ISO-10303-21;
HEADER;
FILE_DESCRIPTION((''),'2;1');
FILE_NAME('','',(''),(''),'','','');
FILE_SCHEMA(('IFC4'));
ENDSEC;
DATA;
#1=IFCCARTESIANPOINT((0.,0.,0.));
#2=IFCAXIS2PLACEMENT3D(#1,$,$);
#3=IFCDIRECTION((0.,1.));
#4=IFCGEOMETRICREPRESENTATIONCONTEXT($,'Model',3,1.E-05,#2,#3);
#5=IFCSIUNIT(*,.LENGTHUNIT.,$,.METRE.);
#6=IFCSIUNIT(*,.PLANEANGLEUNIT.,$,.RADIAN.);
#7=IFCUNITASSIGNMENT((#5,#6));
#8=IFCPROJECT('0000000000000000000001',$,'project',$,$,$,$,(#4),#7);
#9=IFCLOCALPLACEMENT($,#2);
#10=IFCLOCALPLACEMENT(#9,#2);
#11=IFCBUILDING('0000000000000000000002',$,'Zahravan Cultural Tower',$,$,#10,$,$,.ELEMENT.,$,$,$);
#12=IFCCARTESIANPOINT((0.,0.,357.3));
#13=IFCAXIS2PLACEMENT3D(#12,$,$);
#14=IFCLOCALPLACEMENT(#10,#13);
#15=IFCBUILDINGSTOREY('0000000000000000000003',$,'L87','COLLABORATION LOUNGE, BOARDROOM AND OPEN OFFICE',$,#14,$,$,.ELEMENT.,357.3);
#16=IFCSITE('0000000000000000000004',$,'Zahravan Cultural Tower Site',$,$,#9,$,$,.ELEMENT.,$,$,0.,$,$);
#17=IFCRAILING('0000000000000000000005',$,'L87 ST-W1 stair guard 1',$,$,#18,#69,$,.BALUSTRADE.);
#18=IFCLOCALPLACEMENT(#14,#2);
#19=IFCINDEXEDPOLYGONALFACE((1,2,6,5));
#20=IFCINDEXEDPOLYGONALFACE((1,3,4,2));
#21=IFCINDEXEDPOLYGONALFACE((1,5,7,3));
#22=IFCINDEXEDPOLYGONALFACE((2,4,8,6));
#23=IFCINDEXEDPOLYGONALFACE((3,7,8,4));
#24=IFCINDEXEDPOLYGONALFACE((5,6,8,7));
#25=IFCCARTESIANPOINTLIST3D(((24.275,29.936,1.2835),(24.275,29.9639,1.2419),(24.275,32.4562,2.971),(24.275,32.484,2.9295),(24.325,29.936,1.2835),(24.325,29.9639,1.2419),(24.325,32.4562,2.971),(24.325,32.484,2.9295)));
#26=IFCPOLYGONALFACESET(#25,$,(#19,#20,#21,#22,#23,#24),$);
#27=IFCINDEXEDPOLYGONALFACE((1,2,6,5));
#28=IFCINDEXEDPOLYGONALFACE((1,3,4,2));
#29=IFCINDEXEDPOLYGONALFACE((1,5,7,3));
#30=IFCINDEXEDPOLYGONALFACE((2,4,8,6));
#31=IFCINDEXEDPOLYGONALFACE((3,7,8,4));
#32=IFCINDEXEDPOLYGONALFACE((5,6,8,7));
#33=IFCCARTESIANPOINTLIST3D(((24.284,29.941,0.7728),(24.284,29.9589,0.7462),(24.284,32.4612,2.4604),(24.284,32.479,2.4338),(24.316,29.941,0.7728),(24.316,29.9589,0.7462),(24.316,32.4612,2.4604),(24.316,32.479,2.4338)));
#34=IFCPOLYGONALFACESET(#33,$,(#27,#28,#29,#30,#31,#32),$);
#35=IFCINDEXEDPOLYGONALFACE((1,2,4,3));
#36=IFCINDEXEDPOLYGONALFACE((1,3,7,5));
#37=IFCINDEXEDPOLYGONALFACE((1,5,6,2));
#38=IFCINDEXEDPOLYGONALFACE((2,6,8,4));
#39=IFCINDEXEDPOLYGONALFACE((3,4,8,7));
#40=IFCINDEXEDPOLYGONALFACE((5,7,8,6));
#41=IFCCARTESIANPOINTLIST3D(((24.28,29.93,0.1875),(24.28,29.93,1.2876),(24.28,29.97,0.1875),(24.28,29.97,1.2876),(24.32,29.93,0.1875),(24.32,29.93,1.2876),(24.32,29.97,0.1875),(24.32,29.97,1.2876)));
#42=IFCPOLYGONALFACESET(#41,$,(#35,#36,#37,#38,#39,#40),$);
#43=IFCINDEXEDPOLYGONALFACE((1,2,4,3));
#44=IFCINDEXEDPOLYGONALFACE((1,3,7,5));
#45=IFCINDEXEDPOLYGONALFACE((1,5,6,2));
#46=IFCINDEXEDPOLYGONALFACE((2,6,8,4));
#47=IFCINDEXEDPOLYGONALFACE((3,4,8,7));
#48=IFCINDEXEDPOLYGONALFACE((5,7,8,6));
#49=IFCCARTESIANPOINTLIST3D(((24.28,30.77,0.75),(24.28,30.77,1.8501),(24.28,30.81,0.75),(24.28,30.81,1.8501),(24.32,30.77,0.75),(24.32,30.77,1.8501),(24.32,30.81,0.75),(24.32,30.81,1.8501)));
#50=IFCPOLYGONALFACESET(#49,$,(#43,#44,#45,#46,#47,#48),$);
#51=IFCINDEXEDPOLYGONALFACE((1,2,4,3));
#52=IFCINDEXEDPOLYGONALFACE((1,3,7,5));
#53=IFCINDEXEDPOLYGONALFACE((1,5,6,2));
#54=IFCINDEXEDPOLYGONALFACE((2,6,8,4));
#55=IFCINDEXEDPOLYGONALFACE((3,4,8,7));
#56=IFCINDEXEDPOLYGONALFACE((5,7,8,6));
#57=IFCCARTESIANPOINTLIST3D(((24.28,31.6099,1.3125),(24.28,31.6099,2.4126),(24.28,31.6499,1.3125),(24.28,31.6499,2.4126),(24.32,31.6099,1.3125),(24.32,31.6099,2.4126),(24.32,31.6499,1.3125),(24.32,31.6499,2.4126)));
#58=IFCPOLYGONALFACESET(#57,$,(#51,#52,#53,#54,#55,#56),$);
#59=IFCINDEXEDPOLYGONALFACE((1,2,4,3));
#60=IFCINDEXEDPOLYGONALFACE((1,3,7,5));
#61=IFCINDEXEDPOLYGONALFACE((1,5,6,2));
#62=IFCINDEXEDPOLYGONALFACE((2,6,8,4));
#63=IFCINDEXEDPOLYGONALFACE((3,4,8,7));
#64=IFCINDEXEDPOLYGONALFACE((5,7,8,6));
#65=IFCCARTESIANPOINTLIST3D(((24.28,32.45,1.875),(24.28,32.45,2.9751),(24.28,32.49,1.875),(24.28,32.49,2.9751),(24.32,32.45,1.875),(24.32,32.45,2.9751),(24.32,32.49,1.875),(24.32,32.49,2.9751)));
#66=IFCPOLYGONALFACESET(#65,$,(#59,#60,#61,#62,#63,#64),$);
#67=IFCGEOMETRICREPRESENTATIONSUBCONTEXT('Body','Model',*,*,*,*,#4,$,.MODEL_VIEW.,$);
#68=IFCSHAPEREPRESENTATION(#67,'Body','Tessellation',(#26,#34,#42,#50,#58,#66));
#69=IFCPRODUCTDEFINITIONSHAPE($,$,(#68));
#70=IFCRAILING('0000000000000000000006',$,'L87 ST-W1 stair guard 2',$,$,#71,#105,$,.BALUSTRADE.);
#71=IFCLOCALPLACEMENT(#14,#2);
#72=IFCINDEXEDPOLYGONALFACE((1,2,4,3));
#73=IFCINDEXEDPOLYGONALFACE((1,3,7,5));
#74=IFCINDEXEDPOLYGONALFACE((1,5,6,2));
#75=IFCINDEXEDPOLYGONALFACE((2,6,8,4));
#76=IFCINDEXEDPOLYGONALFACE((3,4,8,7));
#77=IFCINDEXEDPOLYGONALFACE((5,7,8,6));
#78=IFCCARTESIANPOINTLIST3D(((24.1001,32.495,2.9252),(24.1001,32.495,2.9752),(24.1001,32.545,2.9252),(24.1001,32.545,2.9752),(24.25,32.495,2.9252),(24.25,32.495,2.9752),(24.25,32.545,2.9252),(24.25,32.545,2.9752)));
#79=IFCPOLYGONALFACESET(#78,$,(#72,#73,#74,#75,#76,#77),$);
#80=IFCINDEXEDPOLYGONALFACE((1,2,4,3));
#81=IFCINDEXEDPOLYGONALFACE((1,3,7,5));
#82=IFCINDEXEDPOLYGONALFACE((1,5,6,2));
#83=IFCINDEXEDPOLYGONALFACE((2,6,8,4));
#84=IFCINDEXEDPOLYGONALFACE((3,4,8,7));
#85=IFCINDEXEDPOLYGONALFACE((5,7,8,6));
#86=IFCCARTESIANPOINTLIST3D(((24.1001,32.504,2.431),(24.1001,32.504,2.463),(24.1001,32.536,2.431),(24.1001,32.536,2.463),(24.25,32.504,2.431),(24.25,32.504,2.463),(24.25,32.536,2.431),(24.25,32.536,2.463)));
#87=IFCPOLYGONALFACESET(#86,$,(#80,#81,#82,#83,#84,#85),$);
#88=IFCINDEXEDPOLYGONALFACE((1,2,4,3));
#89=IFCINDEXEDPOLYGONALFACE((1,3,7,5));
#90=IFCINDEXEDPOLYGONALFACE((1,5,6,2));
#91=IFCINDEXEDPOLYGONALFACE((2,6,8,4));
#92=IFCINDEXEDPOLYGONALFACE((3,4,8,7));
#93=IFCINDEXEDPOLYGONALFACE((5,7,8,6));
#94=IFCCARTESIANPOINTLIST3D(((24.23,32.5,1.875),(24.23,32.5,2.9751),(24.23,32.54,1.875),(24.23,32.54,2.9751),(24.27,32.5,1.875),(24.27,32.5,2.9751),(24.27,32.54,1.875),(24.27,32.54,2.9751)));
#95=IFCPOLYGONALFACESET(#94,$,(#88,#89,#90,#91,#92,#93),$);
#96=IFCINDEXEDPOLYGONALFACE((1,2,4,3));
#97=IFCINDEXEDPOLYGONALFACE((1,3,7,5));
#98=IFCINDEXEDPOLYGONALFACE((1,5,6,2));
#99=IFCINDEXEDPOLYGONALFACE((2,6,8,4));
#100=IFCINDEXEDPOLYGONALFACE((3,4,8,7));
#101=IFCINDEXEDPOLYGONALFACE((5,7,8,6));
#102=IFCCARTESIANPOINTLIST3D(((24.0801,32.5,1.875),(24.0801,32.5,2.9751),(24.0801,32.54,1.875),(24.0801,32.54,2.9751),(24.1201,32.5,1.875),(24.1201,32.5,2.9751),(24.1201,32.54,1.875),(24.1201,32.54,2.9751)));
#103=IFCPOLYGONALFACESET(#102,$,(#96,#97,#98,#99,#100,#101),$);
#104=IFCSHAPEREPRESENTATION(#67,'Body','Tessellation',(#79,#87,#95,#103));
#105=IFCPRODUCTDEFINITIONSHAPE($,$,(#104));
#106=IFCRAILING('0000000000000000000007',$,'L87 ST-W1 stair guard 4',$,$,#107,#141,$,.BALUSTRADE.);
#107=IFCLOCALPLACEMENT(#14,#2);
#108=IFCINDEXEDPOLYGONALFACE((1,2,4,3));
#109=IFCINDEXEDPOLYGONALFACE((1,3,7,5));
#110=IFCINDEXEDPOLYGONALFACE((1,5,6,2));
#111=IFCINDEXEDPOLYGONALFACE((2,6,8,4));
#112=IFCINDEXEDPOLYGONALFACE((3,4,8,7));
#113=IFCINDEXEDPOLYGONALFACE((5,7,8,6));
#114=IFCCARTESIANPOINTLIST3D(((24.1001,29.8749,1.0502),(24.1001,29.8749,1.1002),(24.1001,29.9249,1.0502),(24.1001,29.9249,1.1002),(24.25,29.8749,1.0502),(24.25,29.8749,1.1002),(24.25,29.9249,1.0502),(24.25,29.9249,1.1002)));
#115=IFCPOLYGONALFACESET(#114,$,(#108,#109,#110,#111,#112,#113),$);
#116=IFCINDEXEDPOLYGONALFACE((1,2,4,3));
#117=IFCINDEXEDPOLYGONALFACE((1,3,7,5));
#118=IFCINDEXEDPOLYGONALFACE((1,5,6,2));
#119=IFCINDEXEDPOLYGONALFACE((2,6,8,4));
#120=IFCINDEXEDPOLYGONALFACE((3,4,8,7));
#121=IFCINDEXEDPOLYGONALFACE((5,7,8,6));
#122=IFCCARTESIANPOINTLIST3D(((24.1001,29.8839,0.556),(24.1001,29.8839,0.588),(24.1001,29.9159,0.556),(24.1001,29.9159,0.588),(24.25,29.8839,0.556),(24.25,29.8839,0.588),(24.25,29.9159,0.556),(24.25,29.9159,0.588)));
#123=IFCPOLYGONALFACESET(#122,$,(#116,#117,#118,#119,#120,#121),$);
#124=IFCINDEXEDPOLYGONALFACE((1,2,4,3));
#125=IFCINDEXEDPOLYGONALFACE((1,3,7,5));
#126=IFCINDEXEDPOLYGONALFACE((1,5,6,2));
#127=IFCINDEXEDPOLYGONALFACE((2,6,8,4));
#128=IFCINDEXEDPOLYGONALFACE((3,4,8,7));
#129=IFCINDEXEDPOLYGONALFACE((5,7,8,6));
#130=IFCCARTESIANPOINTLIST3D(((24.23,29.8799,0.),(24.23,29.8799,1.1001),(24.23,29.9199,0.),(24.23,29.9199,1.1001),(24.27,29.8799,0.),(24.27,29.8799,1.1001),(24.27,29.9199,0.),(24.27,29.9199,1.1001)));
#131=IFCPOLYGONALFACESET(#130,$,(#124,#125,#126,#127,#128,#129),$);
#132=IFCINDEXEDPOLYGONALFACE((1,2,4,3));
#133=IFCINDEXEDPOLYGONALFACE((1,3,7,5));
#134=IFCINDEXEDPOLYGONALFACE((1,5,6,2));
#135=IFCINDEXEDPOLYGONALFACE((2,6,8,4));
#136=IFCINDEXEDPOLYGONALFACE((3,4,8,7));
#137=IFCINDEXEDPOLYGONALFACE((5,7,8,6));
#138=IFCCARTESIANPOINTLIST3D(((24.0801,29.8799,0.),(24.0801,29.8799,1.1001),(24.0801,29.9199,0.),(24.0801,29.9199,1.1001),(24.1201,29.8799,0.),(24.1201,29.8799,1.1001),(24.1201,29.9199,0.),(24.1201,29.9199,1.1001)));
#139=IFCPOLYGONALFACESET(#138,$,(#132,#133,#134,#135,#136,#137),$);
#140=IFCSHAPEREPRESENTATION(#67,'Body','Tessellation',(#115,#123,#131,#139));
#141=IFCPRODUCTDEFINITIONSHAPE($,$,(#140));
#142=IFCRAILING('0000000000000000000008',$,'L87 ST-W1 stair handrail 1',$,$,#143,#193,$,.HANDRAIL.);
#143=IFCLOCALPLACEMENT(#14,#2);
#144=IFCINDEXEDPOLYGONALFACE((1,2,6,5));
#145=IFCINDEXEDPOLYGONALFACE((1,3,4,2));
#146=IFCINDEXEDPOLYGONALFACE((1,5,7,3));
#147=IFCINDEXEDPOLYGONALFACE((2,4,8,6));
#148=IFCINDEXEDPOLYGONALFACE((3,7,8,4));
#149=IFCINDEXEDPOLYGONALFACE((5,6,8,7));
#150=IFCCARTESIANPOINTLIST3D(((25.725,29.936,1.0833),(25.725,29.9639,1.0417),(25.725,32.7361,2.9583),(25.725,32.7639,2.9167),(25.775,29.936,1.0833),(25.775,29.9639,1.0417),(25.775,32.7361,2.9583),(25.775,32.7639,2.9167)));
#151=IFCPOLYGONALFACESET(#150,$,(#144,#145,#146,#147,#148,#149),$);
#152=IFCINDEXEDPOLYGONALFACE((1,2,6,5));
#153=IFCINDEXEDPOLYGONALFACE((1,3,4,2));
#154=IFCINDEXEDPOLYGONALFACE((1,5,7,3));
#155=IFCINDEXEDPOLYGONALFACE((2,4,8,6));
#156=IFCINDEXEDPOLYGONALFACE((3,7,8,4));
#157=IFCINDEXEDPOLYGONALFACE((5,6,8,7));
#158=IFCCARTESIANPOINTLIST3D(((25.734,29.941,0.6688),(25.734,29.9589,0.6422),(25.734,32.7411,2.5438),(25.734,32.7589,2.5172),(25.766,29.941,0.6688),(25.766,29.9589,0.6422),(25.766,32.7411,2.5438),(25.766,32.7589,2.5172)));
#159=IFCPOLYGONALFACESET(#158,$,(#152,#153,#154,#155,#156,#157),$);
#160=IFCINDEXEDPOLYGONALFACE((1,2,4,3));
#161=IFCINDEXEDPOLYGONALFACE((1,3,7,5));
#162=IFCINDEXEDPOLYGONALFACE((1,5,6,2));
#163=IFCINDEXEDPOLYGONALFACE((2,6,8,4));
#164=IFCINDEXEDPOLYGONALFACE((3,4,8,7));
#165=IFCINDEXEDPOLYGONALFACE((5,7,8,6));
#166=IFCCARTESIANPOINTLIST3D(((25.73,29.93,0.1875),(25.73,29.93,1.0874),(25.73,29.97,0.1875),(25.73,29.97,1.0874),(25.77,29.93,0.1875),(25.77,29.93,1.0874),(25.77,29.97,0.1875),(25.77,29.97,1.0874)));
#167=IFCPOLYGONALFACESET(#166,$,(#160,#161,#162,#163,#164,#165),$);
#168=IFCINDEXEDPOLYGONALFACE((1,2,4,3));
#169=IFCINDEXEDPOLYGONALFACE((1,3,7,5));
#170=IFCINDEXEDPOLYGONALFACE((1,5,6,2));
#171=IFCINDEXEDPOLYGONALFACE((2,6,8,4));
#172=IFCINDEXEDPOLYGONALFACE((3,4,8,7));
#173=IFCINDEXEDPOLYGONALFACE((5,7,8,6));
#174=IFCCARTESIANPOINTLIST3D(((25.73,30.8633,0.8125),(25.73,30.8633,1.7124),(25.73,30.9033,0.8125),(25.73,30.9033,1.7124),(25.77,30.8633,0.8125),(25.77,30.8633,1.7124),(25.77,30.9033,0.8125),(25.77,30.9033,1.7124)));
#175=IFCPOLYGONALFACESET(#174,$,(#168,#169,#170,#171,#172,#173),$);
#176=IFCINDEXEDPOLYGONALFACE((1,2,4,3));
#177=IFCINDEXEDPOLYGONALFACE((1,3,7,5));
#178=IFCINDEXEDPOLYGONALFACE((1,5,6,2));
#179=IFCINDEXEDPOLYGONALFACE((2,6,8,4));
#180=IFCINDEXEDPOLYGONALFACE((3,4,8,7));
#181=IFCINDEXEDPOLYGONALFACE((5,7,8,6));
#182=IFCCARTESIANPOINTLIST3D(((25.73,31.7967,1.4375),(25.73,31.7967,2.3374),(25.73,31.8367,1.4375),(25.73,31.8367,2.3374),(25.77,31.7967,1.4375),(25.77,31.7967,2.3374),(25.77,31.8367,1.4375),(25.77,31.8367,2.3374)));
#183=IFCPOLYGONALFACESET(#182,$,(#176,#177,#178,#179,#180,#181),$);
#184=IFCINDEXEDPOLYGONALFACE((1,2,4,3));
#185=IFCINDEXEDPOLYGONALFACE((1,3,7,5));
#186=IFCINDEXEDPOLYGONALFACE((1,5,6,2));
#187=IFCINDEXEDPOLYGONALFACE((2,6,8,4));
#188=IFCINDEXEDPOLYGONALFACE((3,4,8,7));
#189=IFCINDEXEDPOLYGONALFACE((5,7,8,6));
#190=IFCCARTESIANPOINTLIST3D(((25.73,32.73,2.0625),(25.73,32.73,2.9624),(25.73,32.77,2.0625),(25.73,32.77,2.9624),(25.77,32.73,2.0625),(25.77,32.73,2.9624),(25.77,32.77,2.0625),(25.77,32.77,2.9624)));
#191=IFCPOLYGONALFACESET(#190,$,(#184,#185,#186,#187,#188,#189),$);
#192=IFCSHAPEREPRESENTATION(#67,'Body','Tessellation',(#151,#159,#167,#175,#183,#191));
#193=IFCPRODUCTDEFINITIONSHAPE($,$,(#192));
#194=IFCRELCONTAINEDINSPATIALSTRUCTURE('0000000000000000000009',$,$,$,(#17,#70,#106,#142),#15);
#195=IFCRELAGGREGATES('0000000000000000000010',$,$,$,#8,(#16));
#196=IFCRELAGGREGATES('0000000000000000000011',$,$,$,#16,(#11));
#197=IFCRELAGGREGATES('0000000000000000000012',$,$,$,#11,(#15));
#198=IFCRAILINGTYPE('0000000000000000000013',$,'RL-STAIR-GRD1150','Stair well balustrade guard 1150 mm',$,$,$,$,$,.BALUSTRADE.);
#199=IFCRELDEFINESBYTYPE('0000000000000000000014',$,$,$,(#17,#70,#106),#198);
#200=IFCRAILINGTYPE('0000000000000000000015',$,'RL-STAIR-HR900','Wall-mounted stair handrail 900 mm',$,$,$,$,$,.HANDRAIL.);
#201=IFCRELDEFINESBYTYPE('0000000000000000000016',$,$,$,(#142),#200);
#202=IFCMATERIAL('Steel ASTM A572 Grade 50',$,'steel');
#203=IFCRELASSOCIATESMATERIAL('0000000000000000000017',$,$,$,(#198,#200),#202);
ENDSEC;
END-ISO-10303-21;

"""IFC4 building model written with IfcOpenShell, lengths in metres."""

from ifc_helpers import new_model, si_unit, direction, frame, origin, origin_2d, place, context, subcontext, project, spatial, rectangle, extrude, material, type_object, element, save


model = new_model("IFC4")

# Units and contexts
model_context = context("Model", 3, precision=1e-05, world=origin(), true_north=direction((0.0, 1.0)))
body_context = subcontext(model_context, "Body", "Model", "MODEL_VIEW")
ifc_project = project(units=[si_unit("LENGTHUNIT", "METRE"), si_unit("PLANEANGLEUNIT", "RADIAN")], contexts=[model_context])

# Site, building, storey
site_placement = place(None, origin())
site = spatial("IfcSite", under=ifc_project, at=site_placement, Name="Zahravan Cultural Tower Site", CompositionType="ELEMENT", RefElevation=0.0)
building_placement = place(site_placement, origin())
building = spatial("IfcBuilding", under=site, at=building_placement, Name="Zahravan Cultural Tower", CompositionType="ELEMENT")
storey_placement = place(building_placement, frame((0.0, 0.0, 357.3)))
storey = spatial("IfcBuildingStorey", under=building, at=storey_placement, Name="L87", Description="COLLABORATION LOUNGE, BOARDROOM AND OPEN OFFICE", CompositionType="ELEMENT", Elevation=357.3)

# Shared definitions
ifc_material_1 = material(Name="Steel ASTM A572 Grade 50", Category="steel")

# Railings
railing_type_1 = type_object("IfcRailingType", Name="RL-STAIR-GRD1150", Description="Stair well balustrade guard 1150 mm", PredefinedType="BALUSTRADE", material=ifc_material_1)
railing_1_placement = place(storey_placement, frame((24.3, 29.95, 0.1875)))
element("IfcRailing", 1, at=railing_1_placement, inside=storey, type_object=railing_type_1, Name="L87 ST-W1 stair guard 1", PredefinedType="BALUSTRADE", context=body_context, shape_type="SweptSolid", body=[
    extrude(rectangle(XDim=0.05, YDim=0.05, at=origin_2d()), frame((0.0, 0.0, 1.0752), z_axis=(0.0, 0.830909, 0.556408), x_axis=(-1.0, 0.0, 0.0)), (0.0, 0.0, 1.0), 3.033),
    extrude(rectangle(XDim=0.032, YDim=0.032, at=origin_2d()), frame((0.0, 0.0, 0.572), z_axis=(0.0, 0.830909, 0.556408), x_axis=(-1.0, 0.0, 0.0)), (0.0, 0.0, 1.0), 3.033),
    extrude(rectangle(XDim=0.04, YDim=0.04, at=origin_2d()), origin(), (0.0, 0.0, 1.0), 1.1001),
    extrude(rectangle(XDim=0.04, YDim=0.04, at=origin_2d()), frame((0.0, 0.8401, 0.5625)), (0.0, 0.0, 1.0), 1.1001),
    extrude(rectangle(XDim=0.04, YDim=0.04, at=origin_2d()), frame((0.0, 1.6799, 1.125)), (0.0, 0.0, 1.0), 1.1001),
    extrude(rectangle(XDim=0.04, YDim=0.04, at=origin_2d()), frame((0.0, 2.52, 1.6875)), (0.0, 0.0, 1.0), 1.1001),
])
for number, where, name in (
    (2, (24.25, 32.52, 1.875), "L87 ST-W1 stair guard 2"),
    (3, (24.25, 29.8999, 0.0), "L87 ST-W1 stair guard 4"),
):
    element("IfcRailing", number, at=place(storey_placement, frame(where)), inside=storey, type_object=railing_type_1, Name=name, PredefinedType="BALUSTRADE", context=body_context, shape_type="SweptSolid", body=[
        extrude(rectangle(XDim=0.05, YDim=0.05, at=origin_2d()), frame((0.0, 0.0, 1.0752), z_axis=(-1.0, 0.0, 0.0), x_axis=(0.0, -1.0, 0.0)), (0.0, 0.0, 1.0), 0.1499),
        extrude(rectangle(XDim=0.032, YDim=0.032, at=origin_2d()), frame((0.0, 0.0, 0.572), z_axis=(-1.0, 0.0, 0.0), x_axis=(0.0, -1.0, 0.0)), (0.0, 0.0, 1.0), 0.1499),
        extrude(rectangle(XDim=0.04, YDim=0.04, at=origin_2d()), origin(), (0.0, 0.0, 1.0), 1.1001),
        extrude(rectangle(XDim=0.04, YDim=0.04, at=origin_2d()), frame((-0.1499, 0.0, 0.0)), (0.0, 0.0, 1.0), 1.1001),
    ])
railing_type_2 = type_object("IfcRailingType", Name="RL-STAIR-HR900", Description="Wall-mounted stair handrail 900 mm", PredefinedType="HANDRAIL", material=ifc_material_1)
railing_2_placement = place(storey_placement, frame((25.75, 29.95, 0.1875)))
element("IfcRailing", 4, at=railing_2_placement, inside=storey, type_object=railing_type_2, Name="L87 ST-W1 stair handrail 1", PredefinedType="HANDRAIL", context=body_context, shape_type="SweptSolid", body=[
    extrude(rectangle(XDim=0.05, YDim=0.05, at=origin_2d()), frame((0.0, 0.0, 0.875), z_axis=(0.0, 0.830912, 0.556404), x_axis=(-1.0, 0.0, 0.0)), (0.0, 0.0, 1.0), 3.3699),
    extrude(rectangle(XDim=0.032, YDim=0.032, at=origin_2d()), frame((0.0, 0.0, 0.468), z_axis=(0.0, 0.830912, 0.556404), x_axis=(-1.0, 0.0, 0.0)), (0.0, 0.0, 1.0), 3.3699),
    extrude(rectangle(XDim=0.04, YDim=0.04, at=origin_2d()), origin(), (0.0, 0.0, 1.0), 0.8999),
    extrude(rectangle(XDim=0.04, YDim=0.04, at=origin_2d()), frame((0.0, 0.9333, 0.625)), (0.0, 0.0, 1.0), 0.8999),
    extrude(rectangle(XDim=0.04, YDim=0.04, at=origin_2d()), frame((0.0, 1.8667, 1.25)), (0.0, 0.0, 1.0), 0.8999),
    extrude(rectangle(XDim=0.04, YDim=0.04, at=origin_2d()), frame((0.0, 2.8, 1.875)), (0.0, 0.0, 1.0), 0.8999),
])

save(model, "model.ifc")
